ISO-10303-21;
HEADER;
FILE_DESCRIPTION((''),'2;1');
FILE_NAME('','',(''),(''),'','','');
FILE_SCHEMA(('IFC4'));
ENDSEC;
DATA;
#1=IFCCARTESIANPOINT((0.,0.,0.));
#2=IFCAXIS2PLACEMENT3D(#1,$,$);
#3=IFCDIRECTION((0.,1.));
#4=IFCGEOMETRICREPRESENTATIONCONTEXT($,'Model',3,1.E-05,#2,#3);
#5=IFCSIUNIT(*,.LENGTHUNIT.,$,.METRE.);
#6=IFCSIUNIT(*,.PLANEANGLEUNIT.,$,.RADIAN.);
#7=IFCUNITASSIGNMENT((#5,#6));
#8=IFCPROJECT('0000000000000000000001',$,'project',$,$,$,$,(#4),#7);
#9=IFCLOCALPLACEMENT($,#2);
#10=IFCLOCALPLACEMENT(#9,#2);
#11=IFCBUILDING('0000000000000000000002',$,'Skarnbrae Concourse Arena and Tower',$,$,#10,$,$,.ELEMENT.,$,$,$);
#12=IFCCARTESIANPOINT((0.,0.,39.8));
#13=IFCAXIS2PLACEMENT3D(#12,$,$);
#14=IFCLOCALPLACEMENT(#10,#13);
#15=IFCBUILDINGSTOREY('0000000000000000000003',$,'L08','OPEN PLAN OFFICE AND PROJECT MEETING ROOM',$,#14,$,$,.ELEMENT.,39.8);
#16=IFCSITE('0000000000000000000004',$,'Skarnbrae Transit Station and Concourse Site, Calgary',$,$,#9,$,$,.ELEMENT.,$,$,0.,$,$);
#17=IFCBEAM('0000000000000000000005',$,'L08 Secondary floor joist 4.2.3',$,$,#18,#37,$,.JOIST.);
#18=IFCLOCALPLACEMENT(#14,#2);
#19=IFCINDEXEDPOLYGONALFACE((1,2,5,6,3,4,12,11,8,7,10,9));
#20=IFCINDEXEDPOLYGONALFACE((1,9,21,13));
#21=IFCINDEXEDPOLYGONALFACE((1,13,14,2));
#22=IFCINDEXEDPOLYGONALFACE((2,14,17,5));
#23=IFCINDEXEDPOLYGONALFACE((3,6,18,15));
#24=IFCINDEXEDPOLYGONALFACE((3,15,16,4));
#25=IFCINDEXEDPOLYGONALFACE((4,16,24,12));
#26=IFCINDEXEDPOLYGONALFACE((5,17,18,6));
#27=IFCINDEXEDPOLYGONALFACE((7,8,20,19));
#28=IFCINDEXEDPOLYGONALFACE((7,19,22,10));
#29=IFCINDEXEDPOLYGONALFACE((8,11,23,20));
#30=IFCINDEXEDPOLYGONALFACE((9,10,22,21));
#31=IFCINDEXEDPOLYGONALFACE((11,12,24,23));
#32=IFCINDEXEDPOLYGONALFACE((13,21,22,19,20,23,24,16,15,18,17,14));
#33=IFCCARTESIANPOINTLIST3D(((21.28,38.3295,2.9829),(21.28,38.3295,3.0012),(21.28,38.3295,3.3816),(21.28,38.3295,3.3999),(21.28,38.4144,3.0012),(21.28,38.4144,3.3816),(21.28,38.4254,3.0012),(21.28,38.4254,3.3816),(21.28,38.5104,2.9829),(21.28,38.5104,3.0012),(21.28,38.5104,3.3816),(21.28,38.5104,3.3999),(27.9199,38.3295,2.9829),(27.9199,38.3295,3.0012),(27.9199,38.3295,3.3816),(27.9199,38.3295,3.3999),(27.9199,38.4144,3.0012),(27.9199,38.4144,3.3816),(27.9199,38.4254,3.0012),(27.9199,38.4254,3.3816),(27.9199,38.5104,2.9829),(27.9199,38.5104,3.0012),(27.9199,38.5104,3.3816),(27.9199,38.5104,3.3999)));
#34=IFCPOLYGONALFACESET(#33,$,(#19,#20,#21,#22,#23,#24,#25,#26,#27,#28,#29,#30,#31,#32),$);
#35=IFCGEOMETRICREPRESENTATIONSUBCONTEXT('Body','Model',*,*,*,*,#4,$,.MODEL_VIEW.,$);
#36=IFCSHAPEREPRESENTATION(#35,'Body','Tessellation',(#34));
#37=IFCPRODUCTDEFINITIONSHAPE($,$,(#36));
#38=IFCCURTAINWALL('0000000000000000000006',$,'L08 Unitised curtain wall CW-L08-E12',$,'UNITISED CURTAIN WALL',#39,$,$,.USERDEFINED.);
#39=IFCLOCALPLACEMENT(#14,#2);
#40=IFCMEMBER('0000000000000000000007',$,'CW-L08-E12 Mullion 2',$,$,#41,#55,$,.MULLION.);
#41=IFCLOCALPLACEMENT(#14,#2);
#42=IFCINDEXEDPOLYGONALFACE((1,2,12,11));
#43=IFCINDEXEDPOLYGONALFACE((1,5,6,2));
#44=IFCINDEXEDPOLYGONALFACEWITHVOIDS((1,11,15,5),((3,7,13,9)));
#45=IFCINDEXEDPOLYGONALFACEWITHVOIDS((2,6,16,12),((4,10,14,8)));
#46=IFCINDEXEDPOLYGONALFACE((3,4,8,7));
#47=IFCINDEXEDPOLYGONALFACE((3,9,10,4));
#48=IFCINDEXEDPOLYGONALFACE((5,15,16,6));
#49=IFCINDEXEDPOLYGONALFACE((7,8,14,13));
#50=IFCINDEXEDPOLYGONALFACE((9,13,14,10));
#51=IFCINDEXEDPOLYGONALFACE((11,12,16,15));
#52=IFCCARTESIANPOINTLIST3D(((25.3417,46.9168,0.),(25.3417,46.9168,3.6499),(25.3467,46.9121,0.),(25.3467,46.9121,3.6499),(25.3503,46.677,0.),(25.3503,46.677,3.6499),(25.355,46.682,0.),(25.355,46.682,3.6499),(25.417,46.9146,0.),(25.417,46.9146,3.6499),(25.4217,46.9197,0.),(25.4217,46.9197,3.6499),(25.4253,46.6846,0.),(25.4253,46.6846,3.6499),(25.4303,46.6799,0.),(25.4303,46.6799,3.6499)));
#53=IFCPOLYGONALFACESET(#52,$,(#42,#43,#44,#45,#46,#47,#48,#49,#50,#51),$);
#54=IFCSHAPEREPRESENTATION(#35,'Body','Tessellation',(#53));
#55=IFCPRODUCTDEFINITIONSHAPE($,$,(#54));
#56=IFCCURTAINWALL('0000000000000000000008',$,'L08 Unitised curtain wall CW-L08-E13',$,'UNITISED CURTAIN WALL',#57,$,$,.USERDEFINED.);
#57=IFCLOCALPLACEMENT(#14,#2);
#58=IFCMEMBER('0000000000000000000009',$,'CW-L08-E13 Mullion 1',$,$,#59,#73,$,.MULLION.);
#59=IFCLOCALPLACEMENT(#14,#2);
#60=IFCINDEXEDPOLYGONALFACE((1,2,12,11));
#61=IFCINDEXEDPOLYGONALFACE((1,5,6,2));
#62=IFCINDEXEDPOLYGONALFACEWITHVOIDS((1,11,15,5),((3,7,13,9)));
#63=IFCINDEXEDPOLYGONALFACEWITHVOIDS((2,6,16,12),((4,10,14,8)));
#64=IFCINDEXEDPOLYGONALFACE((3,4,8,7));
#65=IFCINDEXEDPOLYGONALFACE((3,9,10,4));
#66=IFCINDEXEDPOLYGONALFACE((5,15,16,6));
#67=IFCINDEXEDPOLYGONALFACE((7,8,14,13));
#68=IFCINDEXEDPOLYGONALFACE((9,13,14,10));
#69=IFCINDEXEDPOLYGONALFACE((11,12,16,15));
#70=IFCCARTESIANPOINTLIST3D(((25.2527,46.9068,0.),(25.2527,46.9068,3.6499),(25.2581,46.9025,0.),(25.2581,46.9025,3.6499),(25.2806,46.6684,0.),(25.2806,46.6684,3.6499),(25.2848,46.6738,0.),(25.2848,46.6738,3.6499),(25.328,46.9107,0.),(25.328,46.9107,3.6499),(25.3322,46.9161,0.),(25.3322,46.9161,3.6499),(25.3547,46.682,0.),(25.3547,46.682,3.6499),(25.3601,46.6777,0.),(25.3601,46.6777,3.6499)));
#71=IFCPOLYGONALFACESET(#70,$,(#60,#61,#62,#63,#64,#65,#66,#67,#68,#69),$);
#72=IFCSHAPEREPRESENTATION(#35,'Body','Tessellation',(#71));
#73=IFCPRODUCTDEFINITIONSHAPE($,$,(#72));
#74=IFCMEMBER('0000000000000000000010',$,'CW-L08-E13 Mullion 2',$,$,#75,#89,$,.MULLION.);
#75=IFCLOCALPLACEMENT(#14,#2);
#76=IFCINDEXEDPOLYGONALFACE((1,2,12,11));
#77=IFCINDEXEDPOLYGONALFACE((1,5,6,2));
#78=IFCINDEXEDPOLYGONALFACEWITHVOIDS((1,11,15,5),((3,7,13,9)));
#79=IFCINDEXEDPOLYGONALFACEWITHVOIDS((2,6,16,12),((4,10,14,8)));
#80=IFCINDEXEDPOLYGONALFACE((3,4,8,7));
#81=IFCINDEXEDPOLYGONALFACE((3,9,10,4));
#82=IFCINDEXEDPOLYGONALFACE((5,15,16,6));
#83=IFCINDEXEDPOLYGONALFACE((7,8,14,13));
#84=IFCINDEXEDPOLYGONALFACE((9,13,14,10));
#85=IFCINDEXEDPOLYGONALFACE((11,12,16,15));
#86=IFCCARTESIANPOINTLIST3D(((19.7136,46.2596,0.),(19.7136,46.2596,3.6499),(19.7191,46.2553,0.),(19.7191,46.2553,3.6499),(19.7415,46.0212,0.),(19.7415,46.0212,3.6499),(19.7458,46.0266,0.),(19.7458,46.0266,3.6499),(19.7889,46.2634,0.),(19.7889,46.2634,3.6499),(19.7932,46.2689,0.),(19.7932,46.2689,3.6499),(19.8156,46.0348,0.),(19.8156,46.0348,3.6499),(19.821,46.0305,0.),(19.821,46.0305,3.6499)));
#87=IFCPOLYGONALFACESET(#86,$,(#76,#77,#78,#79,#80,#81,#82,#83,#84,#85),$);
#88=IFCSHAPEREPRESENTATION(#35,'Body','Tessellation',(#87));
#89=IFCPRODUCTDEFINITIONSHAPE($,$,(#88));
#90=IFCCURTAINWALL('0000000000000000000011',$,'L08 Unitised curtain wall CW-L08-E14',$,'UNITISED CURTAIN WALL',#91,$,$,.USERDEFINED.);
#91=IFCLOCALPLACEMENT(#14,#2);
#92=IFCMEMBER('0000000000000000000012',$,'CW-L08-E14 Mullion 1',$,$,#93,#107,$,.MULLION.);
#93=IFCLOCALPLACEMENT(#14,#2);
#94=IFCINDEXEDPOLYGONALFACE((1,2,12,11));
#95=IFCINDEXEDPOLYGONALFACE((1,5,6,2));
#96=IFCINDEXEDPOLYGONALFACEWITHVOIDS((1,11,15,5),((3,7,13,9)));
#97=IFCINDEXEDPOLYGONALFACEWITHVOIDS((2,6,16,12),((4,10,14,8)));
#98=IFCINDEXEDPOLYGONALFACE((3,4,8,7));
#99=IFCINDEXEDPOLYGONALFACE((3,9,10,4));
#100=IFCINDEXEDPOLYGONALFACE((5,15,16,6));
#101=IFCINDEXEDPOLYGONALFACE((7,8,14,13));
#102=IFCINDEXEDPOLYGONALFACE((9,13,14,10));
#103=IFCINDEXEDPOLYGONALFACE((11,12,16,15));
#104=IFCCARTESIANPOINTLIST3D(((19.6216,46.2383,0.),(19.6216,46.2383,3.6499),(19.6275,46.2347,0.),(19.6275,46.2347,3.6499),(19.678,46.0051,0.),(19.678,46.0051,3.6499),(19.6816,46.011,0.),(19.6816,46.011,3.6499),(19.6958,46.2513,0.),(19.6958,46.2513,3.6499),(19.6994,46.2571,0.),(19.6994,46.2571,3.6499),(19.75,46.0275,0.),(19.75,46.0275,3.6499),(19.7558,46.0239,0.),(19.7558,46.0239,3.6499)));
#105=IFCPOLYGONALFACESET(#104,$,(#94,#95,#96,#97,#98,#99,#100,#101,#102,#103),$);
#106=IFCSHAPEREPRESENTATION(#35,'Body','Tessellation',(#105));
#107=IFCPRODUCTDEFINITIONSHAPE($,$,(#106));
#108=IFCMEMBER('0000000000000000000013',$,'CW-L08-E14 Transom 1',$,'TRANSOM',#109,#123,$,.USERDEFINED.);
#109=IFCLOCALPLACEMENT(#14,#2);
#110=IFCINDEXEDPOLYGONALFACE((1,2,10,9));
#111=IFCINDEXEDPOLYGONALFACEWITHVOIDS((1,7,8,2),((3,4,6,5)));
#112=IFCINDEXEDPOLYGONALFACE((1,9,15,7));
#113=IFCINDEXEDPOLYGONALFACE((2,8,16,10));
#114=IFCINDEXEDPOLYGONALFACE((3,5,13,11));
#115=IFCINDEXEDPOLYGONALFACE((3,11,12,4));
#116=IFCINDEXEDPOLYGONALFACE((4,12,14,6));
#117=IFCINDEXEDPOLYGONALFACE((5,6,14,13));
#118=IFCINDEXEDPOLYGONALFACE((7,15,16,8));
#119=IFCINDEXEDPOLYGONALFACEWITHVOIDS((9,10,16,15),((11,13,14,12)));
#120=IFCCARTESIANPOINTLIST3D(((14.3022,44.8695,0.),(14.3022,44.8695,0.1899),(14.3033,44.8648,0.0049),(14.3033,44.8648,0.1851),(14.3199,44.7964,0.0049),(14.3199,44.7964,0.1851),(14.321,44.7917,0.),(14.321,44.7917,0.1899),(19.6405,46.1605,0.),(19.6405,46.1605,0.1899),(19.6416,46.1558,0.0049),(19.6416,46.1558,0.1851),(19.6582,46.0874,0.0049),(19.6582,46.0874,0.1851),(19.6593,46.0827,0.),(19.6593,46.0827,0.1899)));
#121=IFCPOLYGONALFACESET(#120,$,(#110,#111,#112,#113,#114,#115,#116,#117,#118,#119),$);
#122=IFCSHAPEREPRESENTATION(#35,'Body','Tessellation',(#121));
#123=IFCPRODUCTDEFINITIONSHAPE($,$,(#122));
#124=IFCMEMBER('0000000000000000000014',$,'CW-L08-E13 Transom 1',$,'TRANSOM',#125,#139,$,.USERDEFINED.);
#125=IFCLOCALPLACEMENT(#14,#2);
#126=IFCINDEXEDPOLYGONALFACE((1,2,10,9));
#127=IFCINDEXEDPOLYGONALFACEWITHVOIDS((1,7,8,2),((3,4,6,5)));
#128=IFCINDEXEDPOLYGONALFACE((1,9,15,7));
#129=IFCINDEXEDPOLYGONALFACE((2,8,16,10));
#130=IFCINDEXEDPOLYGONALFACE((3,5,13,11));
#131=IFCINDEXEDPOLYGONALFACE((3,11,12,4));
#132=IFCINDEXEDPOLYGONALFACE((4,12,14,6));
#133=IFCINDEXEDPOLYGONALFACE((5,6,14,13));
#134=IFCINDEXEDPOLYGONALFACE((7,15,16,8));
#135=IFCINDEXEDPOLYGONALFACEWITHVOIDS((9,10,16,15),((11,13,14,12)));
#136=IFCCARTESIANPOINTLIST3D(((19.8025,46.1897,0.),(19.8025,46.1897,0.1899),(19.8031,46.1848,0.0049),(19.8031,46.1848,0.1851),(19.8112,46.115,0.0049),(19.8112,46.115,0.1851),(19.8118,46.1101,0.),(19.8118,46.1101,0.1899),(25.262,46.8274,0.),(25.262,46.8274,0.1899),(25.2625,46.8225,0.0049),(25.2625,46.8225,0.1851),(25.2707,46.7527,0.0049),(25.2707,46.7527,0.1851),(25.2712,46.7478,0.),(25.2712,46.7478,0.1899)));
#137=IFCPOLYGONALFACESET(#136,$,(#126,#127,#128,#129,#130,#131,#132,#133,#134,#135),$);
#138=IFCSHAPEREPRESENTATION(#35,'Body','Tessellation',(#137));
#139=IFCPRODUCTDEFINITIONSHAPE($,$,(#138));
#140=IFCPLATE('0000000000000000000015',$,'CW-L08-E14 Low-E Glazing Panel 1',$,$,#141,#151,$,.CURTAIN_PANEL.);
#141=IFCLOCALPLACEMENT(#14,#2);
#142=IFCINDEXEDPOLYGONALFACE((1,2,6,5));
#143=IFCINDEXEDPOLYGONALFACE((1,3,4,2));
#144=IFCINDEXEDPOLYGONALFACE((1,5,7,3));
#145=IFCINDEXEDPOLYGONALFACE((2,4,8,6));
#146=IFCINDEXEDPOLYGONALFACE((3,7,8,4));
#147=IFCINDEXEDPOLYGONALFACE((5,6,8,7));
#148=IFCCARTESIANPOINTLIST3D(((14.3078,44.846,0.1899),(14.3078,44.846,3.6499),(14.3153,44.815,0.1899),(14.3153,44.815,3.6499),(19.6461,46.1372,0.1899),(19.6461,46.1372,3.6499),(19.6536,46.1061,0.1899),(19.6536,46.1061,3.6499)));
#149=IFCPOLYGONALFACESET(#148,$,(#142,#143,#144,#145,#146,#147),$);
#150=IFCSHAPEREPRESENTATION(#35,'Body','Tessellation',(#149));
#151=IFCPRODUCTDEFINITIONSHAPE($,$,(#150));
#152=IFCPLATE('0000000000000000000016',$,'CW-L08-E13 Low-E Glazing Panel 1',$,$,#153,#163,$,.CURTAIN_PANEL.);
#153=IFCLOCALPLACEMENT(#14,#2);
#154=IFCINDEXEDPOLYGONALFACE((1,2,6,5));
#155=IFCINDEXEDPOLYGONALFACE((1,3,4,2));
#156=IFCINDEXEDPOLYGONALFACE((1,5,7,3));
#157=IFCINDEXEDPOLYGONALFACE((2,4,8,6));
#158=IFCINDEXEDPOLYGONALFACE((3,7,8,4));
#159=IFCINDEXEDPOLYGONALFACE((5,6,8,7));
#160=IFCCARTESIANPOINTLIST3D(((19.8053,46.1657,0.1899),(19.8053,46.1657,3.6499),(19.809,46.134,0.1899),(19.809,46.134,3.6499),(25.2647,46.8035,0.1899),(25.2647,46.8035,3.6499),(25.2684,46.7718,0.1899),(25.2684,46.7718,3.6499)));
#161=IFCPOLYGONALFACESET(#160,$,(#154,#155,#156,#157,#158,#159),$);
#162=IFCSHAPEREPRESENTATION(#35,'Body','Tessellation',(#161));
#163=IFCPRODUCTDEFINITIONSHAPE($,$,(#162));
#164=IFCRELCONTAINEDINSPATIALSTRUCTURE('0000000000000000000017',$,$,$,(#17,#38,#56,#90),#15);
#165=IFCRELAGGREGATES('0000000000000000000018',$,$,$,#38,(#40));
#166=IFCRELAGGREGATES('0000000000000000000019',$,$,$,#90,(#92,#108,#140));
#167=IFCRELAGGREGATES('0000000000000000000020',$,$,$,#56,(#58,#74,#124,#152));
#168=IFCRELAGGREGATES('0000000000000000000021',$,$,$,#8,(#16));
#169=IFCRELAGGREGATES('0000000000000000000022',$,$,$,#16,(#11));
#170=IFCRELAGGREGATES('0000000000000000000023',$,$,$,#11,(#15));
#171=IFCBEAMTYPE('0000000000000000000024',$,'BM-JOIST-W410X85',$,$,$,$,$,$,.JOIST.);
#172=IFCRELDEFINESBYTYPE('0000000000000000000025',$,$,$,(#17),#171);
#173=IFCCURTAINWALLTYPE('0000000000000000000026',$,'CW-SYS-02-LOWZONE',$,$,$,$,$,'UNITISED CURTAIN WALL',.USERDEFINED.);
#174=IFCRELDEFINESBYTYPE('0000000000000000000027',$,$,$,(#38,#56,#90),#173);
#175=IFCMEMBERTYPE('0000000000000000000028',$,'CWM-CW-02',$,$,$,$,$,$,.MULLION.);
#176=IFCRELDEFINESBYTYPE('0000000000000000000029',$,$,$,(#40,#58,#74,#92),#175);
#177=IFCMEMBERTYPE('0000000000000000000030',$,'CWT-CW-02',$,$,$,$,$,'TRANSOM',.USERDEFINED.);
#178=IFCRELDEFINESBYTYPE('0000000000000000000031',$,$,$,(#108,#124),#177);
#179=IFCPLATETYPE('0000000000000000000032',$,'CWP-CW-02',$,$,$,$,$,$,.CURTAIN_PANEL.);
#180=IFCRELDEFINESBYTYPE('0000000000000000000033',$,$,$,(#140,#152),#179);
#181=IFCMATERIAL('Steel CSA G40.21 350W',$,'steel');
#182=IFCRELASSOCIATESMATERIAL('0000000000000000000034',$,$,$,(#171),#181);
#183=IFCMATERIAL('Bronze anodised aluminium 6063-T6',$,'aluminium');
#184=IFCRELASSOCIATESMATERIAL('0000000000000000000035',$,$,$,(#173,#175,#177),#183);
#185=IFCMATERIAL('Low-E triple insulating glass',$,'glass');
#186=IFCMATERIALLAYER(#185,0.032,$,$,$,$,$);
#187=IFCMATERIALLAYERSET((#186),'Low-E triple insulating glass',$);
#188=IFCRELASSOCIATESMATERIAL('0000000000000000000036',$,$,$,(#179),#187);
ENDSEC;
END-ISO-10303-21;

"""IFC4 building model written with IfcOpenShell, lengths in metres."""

from ifc_helpers import new_model, si_unit, direction, frame, origin, origin_2d, place, context, subcontext, project, spatial, rectangle, hollow_rectangle, i_section, extrude, source, transform, mapped, material, layer, layer_set, material_profile, profile_set, type_object, element, aggregate, save


model = new_model("IFC4")

# Units and contexts
model_context = context("Model", 3, precision=1e-05, world=origin(), true_north=direction((0.0, 1.0)))
body_context = subcontext(model_context, "Body", "Model", "MODEL_VIEW")
ifc_project = project(units=[si_unit("LENGTHUNIT", "METRE"), si_unit("PLANEANGLEUNIT", "RADIAN")], contexts=[model_context])

# Site, building, storey
site_placement = place(None, origin())
site = spatial("IfcSite", under=ifc_project, at=site_placement, Name="Skarnbrae Transit Station and Concourse Site, Calgary", CompositionType="ELEMENT", RefElevation=0.0)
building_placement = place(site_placement, origin())
building = spatial("IfcBuilding", under=site, at=building_placement, Name="Skarnbrae Concourse Arena and Tower", CompositionType="ELEMENT")
storey_placement = place(building_placement, frame((0.0, 0.0, 39.8)))
storey = spatial("IfcBuildingStorey", under=building, at=storey_placement, Name="L08", Description="OPEN PLAN OFFICE AND PROJECT MEETING ROOM", CompositionType="ELEMENT", Elevation=39.8)

# Shared definitions
ifc_material_1 = material(Name="Steel CSA G40.21 350W", Category="steel")

# Beam
ifc_material_profile_1 = material_profile(ifc_material_1, i_section(OverallWidth=0.1809, OverallDepth=0.417, WebThickness=0.011, FlangeThickness=0.0183, at=origin_2d()), Name="W410X85")
ifc_profile_set_1 = profile_set([ifc_material_profile_1], Name="Steel CSA G40.21 350W")
beam_type_1 = type_object("IfcBeamType", Name="BM-JOIST-W410X85", PredefinedType="JOIST", material=ifc_profile_set_1)
shared_shape_1 = source(origin(), body_context, "Body", "SweptSolid", [
    extrude(i_section(OverallWidth=0.1809, OverallDepth=0.417, WebThickness=0.011, FlangeThickness=0.0183, at=origin_2d()), origin(), (0.0, 0.0, 1.0), 6.6399),
])
for number, where, z_axis, x_axis, name in (
    (1, (21.28, 38.4199, 3.1914), (1.0, 0.0, 0.0), (0.0, 1.0, 0.0), "L08 Secondary floor joist 4.2.3"),
):
    element("IfcBeam", number, at=place(storey_placement, frame(where, z_axis=z_axis, x_axis=x_axis)), inside=storey, type_object=beam_type_1, Name=name, PredefinedType="JOIST", context=body_context, shape_type="MappedRepresentation", body=[
        mapped(shared_shape_1, transform((0.0, 0.0, 0.0))),
    ])

# Curtain wall, member
ifc_material_2 = material(Name="Bronze anodised aluminium 6063-T6", Category="aluminium")
curtain_wall_type = type_object("IfcCurtainWallType", Name="CW-SYS-02-LOWZONE", ElementType="UNITISED CURTAIN WALL", PredefinedType="USERDEFINED", material=ifc_material_2)
curtain_wall_1_placement = place(storey_placement, origin())
curtain_wall_1 = element("IfcCurtainWall", 2, at=curtain_wall_1_placement, inside=storey, type_object=curtain_wall_type, Name="L08 Unitised curtain wall CW-L08-E12", ObjectType="UNITISED CURTAIN WALL", PredefinedType="USERDEFINED")
ifc_material_profile_2 = material_profile(ifc_material_2, hollow_rectangle(XDim=0.0801, YDim=0.24, WallThickness=0.0049, at=origin_2d()), Name="ALU-MULL-80X240")
ifc_profile_set_2 = profile_set([ifc_material_profile_2], Name="Bronze anodised aluminium 6063-T6")
member_type_1 = type_object("IfcMemberType", Name="CWM-CW-02", PredefinedType="MULLION", material=ifc_profile_set_2)
shared_shape_2 = source(origin(), body_context, "Body", "SweptSolid", [
    extrude(hollow_rectangle(XDim=0.0801, YDim=0.24, WallThickness=0.0049, at=origin_2d()), origin(), (0.0, 0.0, 1.0), 3.6499),
])
member_1_placement = place(storey_placement, frame((25.386, 46.7983, 0.0), z_axis=(0.0, 0.0, 1.0), x_axis=(-0.999355, -0.035899, 0.0)))
member_1 = element("IfcMember", 3, at=member_1_placement, type_object=member_type_1, Name="CW-L08-E12 Mullion 2", PredefinedType="MULLION", context=body_context, shape_type="MappedRepresentation", body=[
    mapped(shared_shape_2, transform((0.0, 0.0, 0.0))),
])
aggregate(curtain_wall_1, [member_1])

# Curtain walls, members
curtain_wall_2_placement = place(storey_placement, origin())
curtain_wall_2 = element("IfcCurtainWall", 4, at=curtain_wall_2_placement, inside=storey, type_object=curtain_wall_type, Name="L08 Unitised curtain wall CW-L08-E13", ObjectType="UNITISED CURTAIN WALL", PredefinedType="USERDEFINED")
member_2_placement = place(storey_placement, frame((25.3064, 46.7922, 0.0), z_axis=(0.0, 0.0, 1.0), x_axis=(-0.993245, -0.11604, 0.0)))
member_2 = element("IfcMember", 5, at=member_2_placement, type_object=member_type_1, Name="CW-L08-E13 Mullion 1", PredefinedType="MULLION", context=body_context, shape_type="MappedRepresentation", body=[
    mapped(shared_shape_2, transform((0.0, 0.0, 0.0))),
])
member_3_placement = place(storey_placement, frame((19.7673, 46.145, 0.0), z_axis=(0.0, 0.0, 1.0), x_axis=(-0.993245, -0.11604, 0.0)))
member_3 = element("IfcMember", 6, at=member_3_placement, type_object=member_type_1, Name="CW-L08-E13 Mullion 2", PredefinedType="MULLION", context=body_context, shape_type="MappedRepresentation", body=[
    mapped(shared_shape_2, transform((0.0, 0.0, 0.0))),
])
curtain_wall_3_placement = place(storey_placement, origin())
curtain_wall_3 = element("IfcCurtainWall", 7, at=curtain_wall_3_placement, inside=storey, type_object=curtain_wall_type, Name="L08 Unitised curtain wall CW-L08-E14", ObjectType="UNITISED CURTAIN WALL", PredefinedType="USERDEFINED")
member_4_placement = place(storey_placement, frame((19.6887, 46.1311, 0.0), z_axis=(0.0, 0.0, 1.0), x_axis=(-0.971974, -0.23509, 0.0)))
member_4 = element("IfcMember", 8, at=member_4_placement, type_object=member_type_1, Name="CW-L08-E14 Mullion 1", PredefinedType="MULLION", context=body_context, shape_type="MappedRepresentation", body=[
    mapped(shared_shape_2, transform((0.0, 0.0, 0.0))),
])
ifc_material_profile_3 = material_profile(ifc_material_2, hollow_rectangle(XDim=0.0801, YDim=0.1899, WallThickness=0.0049, at=origin_2d()), Name="ALU-TRAN-80X190")
ifc_profile_set_3 = profile_set([ifc_material_profile_3], Name="Bronze anodised aluminium 6063-T6")
member_type_2 = type_object("IfcMemberType", Name="CWT-CW-02", ElementType="TRANSOM", PredefinedType="USERDEFINED", material=ifc_profile_set_3)
shared_shape_3 = source(origin(), body_context, "Body", "SweptSolid", [
    extrude(hollow_rectangle(XDim=0.0801, YDim=0.1899, WallThickness=0.0049, at=origin_2d()), origin(), (0.0, 0.0, 1.0), 5.4922),
])
member_5_placement = place(storey_placement, frame((19.6499, 46.1216, 0.095), z_axis=(-0.971981, -0.235061, 0.0), x_axis=(0.235061, -0.971981, 0.0)))
member_5 = element("IfcMember", 9, at=member_5_placement, type_object=member_type_2, Name="CW-L08-E14 Transom 1", ObjectType="TRANSOM", PredefinedType="USERDEFINED", context=body_context, shape_type="MappedRepresentation", body=[
    mapped(shared_shape_3, transform((0.0, 0.0, 0.0))),
])

# Member
shared_shape_4 = source(origin(), body_context, "Body", "SweptSolid", [
    extrude(hollow_rectangle(XDim=0.0801, YDim=0.1899, WallThickness=0.0049, at=origin_2d()), origin(), (0.0, 0.0, 1.0), 5.4966),
])
member_6_placement = place(storey_placement, frame((25.2666, 46.7876, 0.095), z_axis=(-0.993247, -0.116017, 0.0), x_axis=(0.116017, -0.993247, 0.0)))
member_6 = element("IfcMember", 10, at=member_6_placement, type_object=member_type_2, Name="CW-L08-E13 Transom 1", ObjectType="TRANSOM", PredefinedType="USERDEFINED", context=body_context, shape_type="MappedRepresentation", body=[
    mapped(shared_shape_4, transform((0.0, 0.0, 0.0))),
])

# Plates
ifc_material_3 = material(Name="Low-E triple insulating glass", Category="glass")
ifc_layer_1 = layer(ifc_material_3, 0.032)
ifc_layer_set_1 = layer_set([ifc_layer_1], Name="Low-E triple insulating glass")
plate_type = type_object("IfcPlateType", Name="CWP-CW-02", PredefinedType="CURTAIN_PANEL", material=ifc_layer_set_1)
shared_shape_5 = source(origin(), body_context, "Body", "SweptSolid", [
    extrude(rectangle(XDim=5.4922, YDim=0.032, at=origin_2d()), origin(), (0.0, 0.0, 1.0), 3.46),
])
plate_1_placement = place(storey_placement, frame((16.9807, 45.4761, 0.1899), z_axis=(0.0, 0.0, 1.0), x_axis=(-0.971974, -0.23509, 0.0)))
plate_1 = element("IfcPlate", 11, at=plate_1_placement, type_object=plate_type, Name="CW-L08-E14 Low-E Glazing Panel 1", PredefinedType="CURTAIN_PANEL", context=body_context, shape_type="MappedRepresentation", body=[
    mapped(shared_shape_5, transform((0.0, 0.0, 0.0))),
])
aggregate(curtain_wall_3, [member_4, member_5, plate_1])
shared_shape_6 = source(origin(), body_context, "Body", "SweptSolid", [
    extrude(rectangle(XDim=5.4966, YDim=0.032, at=origin_2d()), origin(), (0.0, 0.0, 1.0), 3.46),
])
plate_2_placement = place(storey_placement, frame((22.5369, 46.4688, 0.1899), z_axis=(0.0, 0.0, 1.0), x_axis=(-0.993245, -0.11604, 0.0)))
plate_2 = element("IfcPlate", 12, at=plate_2_placement, type_object=plate_type, Name="CW-L08-E13 Low-E Glazing Panel 1", PredefinedType="CURTAIN_PANEL", context=body_context, shape_type="MappedRepresentation", body=[
    mapped(shared_shape_6, transform((0.0, 0.0, 0.0))),
])
aggregate(curtain_wall_2, [member_2, member_3, member_6, plate_2])

save(model, "model.ifc")
